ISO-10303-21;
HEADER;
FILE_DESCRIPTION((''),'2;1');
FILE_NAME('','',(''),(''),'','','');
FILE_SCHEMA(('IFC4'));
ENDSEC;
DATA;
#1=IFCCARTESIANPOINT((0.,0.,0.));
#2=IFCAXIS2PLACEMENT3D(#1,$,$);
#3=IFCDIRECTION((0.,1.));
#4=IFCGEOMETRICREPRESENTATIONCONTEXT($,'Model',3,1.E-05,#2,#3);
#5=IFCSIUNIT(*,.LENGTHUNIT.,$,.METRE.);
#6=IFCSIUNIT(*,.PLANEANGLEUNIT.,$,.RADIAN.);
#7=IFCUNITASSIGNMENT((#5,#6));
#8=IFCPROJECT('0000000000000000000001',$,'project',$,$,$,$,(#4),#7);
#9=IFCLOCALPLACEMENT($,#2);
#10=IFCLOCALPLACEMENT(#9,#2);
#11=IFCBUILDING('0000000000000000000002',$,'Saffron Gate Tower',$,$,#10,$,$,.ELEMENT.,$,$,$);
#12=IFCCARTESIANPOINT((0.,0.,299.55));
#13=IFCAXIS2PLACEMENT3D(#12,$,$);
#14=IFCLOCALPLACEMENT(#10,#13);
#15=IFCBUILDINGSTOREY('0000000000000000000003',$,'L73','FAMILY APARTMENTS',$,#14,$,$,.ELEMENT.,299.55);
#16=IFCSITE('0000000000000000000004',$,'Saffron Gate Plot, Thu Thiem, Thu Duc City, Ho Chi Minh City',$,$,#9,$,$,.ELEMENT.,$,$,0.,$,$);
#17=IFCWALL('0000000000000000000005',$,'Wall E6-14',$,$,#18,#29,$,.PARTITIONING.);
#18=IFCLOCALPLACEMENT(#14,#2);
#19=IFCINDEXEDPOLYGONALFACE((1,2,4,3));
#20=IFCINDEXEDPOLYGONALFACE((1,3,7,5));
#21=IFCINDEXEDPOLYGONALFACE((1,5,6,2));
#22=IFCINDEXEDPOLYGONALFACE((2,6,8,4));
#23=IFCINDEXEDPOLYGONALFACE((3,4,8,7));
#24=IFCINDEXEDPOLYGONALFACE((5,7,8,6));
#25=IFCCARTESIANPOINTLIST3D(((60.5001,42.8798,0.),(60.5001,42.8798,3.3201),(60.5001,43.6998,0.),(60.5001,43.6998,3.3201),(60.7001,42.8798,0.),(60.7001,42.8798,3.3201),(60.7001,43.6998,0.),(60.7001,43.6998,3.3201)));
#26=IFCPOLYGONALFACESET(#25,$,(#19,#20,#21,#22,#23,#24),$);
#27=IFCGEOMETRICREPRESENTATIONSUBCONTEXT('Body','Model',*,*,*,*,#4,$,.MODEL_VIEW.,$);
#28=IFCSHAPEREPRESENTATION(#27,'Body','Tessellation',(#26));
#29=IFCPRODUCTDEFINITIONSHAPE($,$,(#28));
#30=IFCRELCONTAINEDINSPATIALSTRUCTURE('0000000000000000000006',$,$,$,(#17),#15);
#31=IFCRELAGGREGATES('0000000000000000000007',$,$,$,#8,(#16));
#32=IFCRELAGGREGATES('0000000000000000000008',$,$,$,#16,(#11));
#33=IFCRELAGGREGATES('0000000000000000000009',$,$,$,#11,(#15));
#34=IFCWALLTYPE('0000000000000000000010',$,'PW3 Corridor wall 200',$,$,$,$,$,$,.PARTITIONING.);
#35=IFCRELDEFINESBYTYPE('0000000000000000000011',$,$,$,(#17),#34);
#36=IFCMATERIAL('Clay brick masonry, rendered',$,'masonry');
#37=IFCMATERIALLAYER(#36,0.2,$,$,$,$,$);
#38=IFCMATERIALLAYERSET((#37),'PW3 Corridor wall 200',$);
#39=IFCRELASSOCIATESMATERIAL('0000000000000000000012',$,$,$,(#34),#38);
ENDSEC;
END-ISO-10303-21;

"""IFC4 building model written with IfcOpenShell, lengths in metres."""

from ifc_helpers import new_model, si_unit, direction, frame, frame_2d, origin, place, context, subcontext, project, spatial, rectangle, extrude, material, layer, layer_set, type_object, element, save


model = new_model("IFC4")

# Units and contexts
model_context = context("Model", 3, precision=1e-05, world=origin(), true_north=direction((0.0, 1.0)))
body_context = subcontext(model_context, "Body", "Model", "MODEL_VIEW")
ifc_project = project(units=[si_unit("LENGTHUNIT", "METRE"), si_unit("PLANEANGLEUNIT", "RADIAN")], contexts=[model_context])

# Site, building, storey
site_placement = place(None, origin())
site = spatial("IfcSite", under=ifc_project, at=site_placement, Name="Saffron Gate Plot, Thu Thiem, Thu Duc City, Ho Chi Minh City", CompositionType="ELEMENT", RefElevation=0.0)
building_placement = place(site_placement, origin())
building = spatial("IfcBuilding", under=site, at=building_placement, Name="Saffron Gate Tower", CompositionType="ELEMENT")
storey_placement = place(building_placement, frame((0.0, 0.0, 299.55)))
storey = spatial("IfcBuildingStorey", under=building, at=storey_placement, Name="L73", Description="FAMILY APARTMENTS", CompositionType="ELEMENT", Elevation=299.55)

# Shared definitions
ifc_material_1 = material(Name="Clay brick masonry, rendered", Category="masonry")
ifc_layer_1 = layer(ifc_material_1, 0.2)
ifc_layer_set_1 = layer_set([ifc_layer_1], Name="PW3 Corridor wall 200")
wall_type = type_object("IfcWallType", Name="PW3 Corridor wall 200", PredefinedType="PARTITIONING", material=ifc_layer_set_1)

# Wall
wall_1_placement = place(storey_placement, frame((60.6001, 43.7, 0.0), z_axis=(0.0, 0.0, 1.0), x_axis=(0.0, -1.0, 0.0)))
element("IfcWall", 1, at=wall_1_placement, inside=storey, type_object=wall_type, Name="Wall E6-14", PredefinedType="PARTITIONING", context=body_context, shape_type="SweptSolid", body=[
    extrude(rectangle(XDim=0.8201, YDim=0.2, at=frame_2d((0.4102, 0.0))), origin(), (0.0, 0.0, 1.0), 3.3201),
])

save(model, "model.ifc")
